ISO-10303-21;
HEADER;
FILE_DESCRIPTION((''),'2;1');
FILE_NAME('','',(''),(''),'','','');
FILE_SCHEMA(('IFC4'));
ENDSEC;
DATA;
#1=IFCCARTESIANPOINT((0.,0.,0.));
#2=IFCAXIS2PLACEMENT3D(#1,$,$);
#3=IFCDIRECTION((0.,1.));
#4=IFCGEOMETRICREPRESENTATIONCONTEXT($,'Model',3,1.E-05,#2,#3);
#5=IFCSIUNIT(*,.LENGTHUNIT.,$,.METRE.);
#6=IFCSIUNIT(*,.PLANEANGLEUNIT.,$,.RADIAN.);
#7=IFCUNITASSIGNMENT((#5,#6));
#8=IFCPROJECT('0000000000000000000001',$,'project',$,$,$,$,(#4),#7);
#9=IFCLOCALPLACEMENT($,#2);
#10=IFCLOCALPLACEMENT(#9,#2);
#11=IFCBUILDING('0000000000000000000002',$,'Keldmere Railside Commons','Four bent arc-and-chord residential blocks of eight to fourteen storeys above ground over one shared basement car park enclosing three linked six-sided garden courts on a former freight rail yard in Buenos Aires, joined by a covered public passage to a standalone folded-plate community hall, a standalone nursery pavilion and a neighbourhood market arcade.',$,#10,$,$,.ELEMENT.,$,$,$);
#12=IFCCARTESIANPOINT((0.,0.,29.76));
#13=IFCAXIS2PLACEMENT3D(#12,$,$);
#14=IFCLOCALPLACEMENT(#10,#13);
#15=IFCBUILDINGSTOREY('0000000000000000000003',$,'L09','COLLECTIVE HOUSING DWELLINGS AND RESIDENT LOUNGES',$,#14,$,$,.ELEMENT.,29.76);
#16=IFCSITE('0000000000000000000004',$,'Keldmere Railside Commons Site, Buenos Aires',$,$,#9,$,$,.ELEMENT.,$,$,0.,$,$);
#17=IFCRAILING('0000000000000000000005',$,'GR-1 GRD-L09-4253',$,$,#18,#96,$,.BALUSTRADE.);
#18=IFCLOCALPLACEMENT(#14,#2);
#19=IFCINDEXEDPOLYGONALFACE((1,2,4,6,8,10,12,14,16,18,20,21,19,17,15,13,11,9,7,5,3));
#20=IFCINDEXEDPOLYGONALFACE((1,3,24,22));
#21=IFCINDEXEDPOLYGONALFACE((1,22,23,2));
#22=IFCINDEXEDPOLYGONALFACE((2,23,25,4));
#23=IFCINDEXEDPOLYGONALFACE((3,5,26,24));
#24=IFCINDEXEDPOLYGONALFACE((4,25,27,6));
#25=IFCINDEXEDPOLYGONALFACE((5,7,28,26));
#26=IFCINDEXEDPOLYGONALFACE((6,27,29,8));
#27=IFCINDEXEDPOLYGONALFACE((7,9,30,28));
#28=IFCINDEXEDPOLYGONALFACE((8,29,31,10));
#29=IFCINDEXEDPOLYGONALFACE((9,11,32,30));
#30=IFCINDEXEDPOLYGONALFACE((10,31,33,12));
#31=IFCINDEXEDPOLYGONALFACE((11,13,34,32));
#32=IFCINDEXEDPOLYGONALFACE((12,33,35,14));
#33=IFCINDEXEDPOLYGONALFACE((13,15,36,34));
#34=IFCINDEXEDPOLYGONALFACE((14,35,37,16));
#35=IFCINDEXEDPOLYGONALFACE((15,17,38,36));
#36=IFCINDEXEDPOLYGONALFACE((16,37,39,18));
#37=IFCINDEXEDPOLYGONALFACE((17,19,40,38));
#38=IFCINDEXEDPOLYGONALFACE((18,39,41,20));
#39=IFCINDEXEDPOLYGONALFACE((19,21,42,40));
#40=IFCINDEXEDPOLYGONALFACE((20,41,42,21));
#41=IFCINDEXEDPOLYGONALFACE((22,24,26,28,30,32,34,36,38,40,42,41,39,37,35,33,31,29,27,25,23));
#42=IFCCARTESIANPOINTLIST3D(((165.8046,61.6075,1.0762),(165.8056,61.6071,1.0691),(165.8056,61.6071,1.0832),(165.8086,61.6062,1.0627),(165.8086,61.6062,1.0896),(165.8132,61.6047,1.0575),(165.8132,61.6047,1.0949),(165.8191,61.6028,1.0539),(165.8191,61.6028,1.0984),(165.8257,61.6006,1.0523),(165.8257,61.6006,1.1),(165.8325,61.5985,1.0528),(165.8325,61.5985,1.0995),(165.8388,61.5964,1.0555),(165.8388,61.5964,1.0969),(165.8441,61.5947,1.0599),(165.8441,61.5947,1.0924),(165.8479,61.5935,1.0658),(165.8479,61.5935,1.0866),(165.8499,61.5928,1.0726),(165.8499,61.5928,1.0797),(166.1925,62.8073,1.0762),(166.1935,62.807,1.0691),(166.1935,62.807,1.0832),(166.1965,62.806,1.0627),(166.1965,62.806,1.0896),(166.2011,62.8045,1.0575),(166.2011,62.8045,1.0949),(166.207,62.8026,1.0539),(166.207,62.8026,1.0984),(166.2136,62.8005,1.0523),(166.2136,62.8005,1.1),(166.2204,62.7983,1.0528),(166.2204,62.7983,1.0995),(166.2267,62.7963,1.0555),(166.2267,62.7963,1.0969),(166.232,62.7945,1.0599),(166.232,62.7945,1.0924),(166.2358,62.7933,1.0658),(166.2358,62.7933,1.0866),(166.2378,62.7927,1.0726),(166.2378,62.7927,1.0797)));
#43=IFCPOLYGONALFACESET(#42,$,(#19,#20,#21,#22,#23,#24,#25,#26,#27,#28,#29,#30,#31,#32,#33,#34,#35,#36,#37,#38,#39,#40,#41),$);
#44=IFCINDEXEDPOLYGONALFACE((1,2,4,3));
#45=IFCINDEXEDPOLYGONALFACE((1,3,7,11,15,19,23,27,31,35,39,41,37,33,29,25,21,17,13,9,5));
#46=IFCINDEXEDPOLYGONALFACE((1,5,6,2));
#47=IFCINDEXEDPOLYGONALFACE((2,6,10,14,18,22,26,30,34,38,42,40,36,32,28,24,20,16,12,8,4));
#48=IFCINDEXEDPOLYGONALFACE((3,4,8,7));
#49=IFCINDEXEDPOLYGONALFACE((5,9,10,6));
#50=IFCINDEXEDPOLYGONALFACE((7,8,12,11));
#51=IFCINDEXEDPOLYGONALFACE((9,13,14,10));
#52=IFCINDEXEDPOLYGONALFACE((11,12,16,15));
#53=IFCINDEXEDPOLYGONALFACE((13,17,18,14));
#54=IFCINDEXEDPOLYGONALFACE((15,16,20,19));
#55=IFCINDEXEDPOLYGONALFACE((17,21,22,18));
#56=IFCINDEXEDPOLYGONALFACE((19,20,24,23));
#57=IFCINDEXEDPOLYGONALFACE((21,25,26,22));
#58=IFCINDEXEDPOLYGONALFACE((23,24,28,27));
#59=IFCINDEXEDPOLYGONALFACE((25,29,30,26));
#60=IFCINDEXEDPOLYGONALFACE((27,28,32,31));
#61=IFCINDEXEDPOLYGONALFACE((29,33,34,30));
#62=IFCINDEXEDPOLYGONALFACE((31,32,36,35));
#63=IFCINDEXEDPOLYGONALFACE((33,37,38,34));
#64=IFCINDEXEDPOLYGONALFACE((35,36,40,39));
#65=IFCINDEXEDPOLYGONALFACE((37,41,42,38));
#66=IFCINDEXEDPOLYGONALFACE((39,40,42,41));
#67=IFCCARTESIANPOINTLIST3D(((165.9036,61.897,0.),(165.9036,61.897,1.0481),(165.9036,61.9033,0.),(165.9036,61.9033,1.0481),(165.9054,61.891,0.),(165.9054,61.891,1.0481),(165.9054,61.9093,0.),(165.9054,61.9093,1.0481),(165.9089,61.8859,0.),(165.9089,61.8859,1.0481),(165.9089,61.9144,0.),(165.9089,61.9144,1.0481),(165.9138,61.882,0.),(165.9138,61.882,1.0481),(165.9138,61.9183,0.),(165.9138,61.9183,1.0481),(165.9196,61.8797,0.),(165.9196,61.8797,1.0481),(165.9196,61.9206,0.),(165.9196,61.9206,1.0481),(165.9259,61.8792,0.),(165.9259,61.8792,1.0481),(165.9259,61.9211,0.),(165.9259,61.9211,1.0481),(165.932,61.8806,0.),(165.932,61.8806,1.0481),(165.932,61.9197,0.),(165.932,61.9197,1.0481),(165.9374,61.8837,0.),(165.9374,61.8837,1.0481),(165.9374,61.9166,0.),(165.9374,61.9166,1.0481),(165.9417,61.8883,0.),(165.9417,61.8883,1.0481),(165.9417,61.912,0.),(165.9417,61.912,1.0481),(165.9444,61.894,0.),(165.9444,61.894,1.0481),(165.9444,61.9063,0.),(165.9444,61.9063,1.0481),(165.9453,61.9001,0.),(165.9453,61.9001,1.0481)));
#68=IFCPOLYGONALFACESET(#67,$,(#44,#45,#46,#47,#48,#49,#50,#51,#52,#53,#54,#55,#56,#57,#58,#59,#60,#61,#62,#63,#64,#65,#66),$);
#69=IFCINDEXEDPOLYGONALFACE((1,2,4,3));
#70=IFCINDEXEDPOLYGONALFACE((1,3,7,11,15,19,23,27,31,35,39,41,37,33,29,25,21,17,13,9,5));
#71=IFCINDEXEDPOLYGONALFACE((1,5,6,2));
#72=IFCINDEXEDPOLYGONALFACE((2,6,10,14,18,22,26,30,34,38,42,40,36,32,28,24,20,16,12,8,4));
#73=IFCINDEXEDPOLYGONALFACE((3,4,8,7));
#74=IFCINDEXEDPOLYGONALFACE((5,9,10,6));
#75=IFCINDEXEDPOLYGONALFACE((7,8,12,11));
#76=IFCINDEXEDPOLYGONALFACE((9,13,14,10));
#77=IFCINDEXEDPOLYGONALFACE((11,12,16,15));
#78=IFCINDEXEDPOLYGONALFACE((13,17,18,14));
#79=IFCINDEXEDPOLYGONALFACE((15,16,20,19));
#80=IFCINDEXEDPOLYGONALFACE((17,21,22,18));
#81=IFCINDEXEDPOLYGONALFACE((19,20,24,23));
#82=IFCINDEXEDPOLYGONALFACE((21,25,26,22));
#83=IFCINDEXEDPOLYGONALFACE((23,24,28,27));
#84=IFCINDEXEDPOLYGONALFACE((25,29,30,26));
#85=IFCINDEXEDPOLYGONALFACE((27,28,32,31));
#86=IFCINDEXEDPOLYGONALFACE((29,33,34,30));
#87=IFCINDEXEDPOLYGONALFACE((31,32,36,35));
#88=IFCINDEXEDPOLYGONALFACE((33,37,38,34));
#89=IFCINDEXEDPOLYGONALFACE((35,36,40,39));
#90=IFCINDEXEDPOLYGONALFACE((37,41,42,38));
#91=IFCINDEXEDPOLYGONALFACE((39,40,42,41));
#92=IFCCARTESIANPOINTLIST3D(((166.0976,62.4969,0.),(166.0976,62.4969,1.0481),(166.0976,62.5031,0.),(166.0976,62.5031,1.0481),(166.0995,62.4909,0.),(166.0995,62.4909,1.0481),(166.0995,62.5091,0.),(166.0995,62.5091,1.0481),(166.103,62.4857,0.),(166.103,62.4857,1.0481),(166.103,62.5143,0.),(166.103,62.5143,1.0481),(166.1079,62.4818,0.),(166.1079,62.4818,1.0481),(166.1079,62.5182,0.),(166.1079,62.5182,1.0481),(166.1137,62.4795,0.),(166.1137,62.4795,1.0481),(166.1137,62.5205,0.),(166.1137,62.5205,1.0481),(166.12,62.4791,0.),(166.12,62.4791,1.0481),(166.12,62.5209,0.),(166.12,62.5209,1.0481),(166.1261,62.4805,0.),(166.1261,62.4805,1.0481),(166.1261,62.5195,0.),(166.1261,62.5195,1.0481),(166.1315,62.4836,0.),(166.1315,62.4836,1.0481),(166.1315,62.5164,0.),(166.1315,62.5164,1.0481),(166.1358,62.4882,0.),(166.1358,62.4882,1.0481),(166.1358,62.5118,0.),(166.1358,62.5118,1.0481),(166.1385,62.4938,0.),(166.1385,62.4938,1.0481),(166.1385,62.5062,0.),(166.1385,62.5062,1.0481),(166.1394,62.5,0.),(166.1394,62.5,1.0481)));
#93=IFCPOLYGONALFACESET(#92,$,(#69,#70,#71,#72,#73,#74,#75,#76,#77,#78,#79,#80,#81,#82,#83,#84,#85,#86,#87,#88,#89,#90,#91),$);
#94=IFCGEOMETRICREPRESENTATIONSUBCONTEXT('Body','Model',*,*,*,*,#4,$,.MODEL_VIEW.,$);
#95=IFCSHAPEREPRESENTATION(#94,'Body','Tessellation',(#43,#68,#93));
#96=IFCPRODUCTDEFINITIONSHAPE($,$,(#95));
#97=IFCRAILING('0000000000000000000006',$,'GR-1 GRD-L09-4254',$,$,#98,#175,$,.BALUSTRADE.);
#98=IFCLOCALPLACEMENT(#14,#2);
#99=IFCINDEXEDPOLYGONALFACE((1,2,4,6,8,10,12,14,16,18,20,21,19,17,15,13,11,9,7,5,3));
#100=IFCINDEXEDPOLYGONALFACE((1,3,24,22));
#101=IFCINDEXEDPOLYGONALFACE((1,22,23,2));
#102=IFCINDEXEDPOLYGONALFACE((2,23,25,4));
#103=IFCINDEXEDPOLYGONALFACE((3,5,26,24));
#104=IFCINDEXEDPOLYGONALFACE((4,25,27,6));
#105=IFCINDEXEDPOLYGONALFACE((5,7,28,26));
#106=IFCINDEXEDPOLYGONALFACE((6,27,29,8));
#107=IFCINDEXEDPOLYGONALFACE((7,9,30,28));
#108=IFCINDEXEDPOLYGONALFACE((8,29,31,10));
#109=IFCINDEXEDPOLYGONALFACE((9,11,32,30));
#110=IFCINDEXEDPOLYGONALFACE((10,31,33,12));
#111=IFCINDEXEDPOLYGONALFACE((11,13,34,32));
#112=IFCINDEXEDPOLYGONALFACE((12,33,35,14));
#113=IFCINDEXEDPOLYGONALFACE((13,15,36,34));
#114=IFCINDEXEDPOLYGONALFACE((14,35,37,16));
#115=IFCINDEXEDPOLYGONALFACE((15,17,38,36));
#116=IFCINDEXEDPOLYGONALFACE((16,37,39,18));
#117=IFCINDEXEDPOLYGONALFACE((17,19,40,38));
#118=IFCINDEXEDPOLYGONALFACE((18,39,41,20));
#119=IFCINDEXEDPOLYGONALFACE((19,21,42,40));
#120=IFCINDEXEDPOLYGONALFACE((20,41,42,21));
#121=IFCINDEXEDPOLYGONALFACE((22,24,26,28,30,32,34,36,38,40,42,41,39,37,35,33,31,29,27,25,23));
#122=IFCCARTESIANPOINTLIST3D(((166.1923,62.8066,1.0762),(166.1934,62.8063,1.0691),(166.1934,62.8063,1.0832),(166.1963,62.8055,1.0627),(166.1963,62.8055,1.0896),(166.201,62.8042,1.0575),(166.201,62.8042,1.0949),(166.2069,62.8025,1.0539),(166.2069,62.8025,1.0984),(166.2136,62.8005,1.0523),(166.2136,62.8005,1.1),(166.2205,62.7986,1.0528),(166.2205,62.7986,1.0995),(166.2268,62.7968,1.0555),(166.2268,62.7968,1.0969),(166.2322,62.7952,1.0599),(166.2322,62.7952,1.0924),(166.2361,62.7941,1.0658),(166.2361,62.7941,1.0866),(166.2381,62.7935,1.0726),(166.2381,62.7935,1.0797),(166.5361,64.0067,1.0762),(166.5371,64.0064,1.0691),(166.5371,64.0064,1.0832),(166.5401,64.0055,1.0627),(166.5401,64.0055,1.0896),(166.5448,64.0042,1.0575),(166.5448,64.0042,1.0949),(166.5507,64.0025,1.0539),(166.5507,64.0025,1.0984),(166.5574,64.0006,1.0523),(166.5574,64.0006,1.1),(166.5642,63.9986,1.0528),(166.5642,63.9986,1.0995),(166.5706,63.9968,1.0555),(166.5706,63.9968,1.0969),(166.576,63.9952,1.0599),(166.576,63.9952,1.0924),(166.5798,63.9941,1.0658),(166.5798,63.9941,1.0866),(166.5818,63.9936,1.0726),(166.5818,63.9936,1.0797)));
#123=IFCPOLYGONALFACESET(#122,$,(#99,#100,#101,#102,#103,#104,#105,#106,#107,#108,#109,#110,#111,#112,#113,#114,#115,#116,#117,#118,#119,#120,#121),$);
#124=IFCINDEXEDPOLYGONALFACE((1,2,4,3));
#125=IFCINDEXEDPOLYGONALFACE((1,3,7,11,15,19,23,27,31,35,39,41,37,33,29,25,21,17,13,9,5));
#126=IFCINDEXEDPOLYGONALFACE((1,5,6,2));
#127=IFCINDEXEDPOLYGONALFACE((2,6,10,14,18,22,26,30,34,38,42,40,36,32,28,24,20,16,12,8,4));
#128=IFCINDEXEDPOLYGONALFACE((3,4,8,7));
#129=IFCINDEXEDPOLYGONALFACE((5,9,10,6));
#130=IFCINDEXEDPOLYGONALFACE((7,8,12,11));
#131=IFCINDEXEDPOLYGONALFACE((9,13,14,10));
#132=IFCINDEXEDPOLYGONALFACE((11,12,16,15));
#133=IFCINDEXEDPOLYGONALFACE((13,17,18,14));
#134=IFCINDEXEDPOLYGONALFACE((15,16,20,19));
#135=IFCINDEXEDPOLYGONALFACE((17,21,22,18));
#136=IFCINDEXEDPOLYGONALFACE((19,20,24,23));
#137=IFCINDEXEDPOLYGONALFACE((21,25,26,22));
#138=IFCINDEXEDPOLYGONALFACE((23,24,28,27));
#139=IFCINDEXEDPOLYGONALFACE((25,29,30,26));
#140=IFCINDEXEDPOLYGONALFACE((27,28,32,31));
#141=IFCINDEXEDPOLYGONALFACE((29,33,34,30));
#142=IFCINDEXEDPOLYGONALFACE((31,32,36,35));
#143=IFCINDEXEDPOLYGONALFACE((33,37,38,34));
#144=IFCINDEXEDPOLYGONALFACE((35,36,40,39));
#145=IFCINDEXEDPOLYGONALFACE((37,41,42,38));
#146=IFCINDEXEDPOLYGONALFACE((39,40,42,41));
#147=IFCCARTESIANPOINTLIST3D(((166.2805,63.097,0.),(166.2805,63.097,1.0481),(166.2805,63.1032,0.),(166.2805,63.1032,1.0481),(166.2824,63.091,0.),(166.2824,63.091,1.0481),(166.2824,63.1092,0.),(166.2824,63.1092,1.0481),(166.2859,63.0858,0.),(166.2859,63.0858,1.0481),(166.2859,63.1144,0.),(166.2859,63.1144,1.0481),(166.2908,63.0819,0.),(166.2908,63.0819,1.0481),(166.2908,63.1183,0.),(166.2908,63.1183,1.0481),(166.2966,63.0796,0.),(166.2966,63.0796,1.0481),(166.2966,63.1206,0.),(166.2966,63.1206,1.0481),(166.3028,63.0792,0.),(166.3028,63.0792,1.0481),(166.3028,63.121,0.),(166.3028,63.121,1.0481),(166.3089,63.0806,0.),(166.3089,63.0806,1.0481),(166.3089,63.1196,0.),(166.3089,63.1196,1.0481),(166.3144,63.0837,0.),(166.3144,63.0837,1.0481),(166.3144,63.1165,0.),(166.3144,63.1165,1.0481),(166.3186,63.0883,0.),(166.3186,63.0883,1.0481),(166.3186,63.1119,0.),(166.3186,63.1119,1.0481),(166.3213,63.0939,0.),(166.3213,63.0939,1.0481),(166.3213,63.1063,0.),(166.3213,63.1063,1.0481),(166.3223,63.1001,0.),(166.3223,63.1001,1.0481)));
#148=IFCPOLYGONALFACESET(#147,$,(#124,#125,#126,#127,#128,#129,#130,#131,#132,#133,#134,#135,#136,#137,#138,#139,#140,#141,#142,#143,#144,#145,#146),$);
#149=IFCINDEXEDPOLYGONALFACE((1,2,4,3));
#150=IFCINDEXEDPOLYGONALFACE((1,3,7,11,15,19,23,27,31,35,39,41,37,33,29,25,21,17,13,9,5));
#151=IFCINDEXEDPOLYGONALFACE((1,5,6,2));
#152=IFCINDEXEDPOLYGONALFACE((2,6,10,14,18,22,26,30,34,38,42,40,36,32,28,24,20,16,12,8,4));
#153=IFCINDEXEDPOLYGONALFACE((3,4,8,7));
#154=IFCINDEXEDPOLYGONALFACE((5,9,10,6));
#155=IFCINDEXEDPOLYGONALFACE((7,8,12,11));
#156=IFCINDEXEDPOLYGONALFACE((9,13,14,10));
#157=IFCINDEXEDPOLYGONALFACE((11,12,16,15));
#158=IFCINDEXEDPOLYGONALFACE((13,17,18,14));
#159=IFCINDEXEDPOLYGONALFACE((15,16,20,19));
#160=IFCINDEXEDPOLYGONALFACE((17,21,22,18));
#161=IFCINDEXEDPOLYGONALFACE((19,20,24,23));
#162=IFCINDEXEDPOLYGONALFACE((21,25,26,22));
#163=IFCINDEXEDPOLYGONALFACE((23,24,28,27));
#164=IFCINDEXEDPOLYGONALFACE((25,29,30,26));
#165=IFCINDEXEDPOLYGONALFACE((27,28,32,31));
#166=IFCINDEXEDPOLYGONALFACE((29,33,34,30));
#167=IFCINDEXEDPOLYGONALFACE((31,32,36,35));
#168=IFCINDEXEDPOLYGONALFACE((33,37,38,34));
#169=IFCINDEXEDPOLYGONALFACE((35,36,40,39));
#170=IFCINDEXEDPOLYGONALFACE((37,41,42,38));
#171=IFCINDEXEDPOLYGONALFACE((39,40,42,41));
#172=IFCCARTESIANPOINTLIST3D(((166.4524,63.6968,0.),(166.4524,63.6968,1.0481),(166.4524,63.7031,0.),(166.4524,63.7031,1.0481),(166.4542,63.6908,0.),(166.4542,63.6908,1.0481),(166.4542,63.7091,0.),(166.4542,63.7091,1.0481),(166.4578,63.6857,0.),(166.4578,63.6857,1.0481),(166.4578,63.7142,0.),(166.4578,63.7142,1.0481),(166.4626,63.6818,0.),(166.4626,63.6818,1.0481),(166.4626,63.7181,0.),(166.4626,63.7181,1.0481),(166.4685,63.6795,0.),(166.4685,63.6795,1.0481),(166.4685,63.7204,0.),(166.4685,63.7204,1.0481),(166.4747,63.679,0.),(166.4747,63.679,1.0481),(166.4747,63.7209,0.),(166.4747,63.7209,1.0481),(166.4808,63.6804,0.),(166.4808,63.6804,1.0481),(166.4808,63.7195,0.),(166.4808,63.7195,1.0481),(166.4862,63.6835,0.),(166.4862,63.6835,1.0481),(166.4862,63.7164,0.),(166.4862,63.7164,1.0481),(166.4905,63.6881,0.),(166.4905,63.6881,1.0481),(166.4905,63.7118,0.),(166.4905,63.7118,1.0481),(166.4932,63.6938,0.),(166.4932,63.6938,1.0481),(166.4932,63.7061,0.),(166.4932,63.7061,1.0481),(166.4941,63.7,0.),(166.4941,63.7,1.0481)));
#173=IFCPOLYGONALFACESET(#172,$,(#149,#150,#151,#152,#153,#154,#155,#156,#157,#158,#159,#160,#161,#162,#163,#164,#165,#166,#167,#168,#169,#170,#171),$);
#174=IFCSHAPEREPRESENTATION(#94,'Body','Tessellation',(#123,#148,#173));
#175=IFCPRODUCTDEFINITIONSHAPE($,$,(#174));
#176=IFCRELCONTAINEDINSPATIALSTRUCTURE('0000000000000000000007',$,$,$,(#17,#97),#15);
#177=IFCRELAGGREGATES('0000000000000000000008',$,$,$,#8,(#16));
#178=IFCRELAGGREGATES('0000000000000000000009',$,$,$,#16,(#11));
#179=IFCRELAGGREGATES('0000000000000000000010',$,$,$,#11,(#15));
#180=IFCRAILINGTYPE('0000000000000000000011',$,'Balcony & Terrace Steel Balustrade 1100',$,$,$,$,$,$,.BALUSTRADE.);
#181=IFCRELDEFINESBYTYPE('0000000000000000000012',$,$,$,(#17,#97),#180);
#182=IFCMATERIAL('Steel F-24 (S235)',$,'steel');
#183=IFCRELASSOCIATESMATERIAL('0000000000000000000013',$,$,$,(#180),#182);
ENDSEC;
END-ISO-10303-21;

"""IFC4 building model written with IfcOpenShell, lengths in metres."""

from ifc_helpers import new_model, si_unit, direction, frame, origin, origin_2d, place, context, subcontext, project, spatial, circle, extrude, material, type_object, element, save


model = new_model("IFC4")

# Units and contexts
model_context = context("Model", 3, precision=1e-05, world=origin(), true_north=direction((0.0, 1.0)))
body_context = subcontext(model_context, "Body", "Model", "MODEL_VIEW")
ifc_project = project(units=[si_unit("LENGTHUNIT", "METRE"), si_unit("PLANEANGLEUNIT", "RADIAN")], contexts=[model_context])

# Site, building, storey
site_placement = place(None, origin())
site = spatial("IfcSite", under=ifc_project, at=site_placement, Name="Keldmere Railside Commons Site, Buenos Aires", CompositionType="ELEMENT", RefElevation=0.0)
building_placement = place(site_placement, origin())
building = spatial("IfcBuilding", under=site, at=building_placement, Name="Keldmere Railside Commons", Description="Four bent arc-and-chord residential blocks of eight to fourteen storeys above ground over one shared basement car park enclosing three linked six-sided garden courts on a former freight rail yard in Buenos Aires, joined by a covered public passage to a standalone folded-plate community hall, a standalone nursery pavilion and a neighbourhood market arcade.", CompositionType="ELEMENT")
storey_placement = place(building_placement, frame((0.0, 0.0, 29.76)))
storey = spatial("IfcBuildingStorey", under=building, at=storey_placement, Name="L09", Description="COLLECTIVE HOUSING DWELLINGS AND RESIDENT LOUNGES", CompositionType="ELEMENT", Elevation=29.76)

# Railings
ifc_material_1 = material(Name="Steel F-24 (S235)", Category="steel")
railing_type = type_object("IfcRailingType", Name="Balcony & Terrace Steel Balustrade 1100", PredefinedType="BALUSTRADE", material=ifc_material_1)
railing_1_placement = place(storey_placement, frame((165.8274, 61.6001, 0.0)))
element("IfcRailing", 1, at=railing_1_placement, inside=storey, type_object=railing_type, Name="GR-1 GRD-L09-4253", PredefinedType="BALUSTRADE", context=body_context, shape_type="SweptSolid", body=[
    extrude(circle(Radius=0.0239, at=origin_2d()), frame((0.0, 0.0, 1.0762), z_axis=(0.307619, 0.95151, 0.0), x_axis=(-0.95151, 0.307619, 0.0)), (0.0, 0.0, 1.0), 1.261),
    extrude(circle(Radius=0.021, at=origin_2d()), frame((0.0969, 0.3, 0.0)), (0.0, 0.0, 1.0), 1.0481),
    extrude(circle(Radius=0.021, at=origin_2d()), frame((0.291, 0.8999, 0.0)), (0.0, 0.0, 1.0), 1.0481),
])
railing_2_placement = place(storey_placement, frame((166.2153, 62.8, 0.0)))
element("IfcRailing", 2, at=railing_2_placement, inside=storey, type_object=railing_type, Name="GR-1 GRD-L09-4254", PredefinedType="BALUSTRADE", context=body_context, shape_type="SweptSolid", body=[
    extrude(circle(Radius=0.0239, at=origin_2d()), frame((0.0, 0.0, 1.0762), z_axis=(0.275393, 0.961332, 0.0), x_axis=(-0.961332, 0.275393, 0.0)), (0.0, 0.0, 1.0), 1.2483),
    extrude(circle(Radius=0.021, at=origin_2d()), frame((0.0859, 0.3, 0.0)), (0.0, 0.0, 1.0), 1.0481),
    extrude(circle(Radius=0.021, at=origin_2d()), frame((0.2578, 0.8999, 0.0)), (0.0, 0.0, 1.0), 1.0481),
])

save(model, "model.ifc")
